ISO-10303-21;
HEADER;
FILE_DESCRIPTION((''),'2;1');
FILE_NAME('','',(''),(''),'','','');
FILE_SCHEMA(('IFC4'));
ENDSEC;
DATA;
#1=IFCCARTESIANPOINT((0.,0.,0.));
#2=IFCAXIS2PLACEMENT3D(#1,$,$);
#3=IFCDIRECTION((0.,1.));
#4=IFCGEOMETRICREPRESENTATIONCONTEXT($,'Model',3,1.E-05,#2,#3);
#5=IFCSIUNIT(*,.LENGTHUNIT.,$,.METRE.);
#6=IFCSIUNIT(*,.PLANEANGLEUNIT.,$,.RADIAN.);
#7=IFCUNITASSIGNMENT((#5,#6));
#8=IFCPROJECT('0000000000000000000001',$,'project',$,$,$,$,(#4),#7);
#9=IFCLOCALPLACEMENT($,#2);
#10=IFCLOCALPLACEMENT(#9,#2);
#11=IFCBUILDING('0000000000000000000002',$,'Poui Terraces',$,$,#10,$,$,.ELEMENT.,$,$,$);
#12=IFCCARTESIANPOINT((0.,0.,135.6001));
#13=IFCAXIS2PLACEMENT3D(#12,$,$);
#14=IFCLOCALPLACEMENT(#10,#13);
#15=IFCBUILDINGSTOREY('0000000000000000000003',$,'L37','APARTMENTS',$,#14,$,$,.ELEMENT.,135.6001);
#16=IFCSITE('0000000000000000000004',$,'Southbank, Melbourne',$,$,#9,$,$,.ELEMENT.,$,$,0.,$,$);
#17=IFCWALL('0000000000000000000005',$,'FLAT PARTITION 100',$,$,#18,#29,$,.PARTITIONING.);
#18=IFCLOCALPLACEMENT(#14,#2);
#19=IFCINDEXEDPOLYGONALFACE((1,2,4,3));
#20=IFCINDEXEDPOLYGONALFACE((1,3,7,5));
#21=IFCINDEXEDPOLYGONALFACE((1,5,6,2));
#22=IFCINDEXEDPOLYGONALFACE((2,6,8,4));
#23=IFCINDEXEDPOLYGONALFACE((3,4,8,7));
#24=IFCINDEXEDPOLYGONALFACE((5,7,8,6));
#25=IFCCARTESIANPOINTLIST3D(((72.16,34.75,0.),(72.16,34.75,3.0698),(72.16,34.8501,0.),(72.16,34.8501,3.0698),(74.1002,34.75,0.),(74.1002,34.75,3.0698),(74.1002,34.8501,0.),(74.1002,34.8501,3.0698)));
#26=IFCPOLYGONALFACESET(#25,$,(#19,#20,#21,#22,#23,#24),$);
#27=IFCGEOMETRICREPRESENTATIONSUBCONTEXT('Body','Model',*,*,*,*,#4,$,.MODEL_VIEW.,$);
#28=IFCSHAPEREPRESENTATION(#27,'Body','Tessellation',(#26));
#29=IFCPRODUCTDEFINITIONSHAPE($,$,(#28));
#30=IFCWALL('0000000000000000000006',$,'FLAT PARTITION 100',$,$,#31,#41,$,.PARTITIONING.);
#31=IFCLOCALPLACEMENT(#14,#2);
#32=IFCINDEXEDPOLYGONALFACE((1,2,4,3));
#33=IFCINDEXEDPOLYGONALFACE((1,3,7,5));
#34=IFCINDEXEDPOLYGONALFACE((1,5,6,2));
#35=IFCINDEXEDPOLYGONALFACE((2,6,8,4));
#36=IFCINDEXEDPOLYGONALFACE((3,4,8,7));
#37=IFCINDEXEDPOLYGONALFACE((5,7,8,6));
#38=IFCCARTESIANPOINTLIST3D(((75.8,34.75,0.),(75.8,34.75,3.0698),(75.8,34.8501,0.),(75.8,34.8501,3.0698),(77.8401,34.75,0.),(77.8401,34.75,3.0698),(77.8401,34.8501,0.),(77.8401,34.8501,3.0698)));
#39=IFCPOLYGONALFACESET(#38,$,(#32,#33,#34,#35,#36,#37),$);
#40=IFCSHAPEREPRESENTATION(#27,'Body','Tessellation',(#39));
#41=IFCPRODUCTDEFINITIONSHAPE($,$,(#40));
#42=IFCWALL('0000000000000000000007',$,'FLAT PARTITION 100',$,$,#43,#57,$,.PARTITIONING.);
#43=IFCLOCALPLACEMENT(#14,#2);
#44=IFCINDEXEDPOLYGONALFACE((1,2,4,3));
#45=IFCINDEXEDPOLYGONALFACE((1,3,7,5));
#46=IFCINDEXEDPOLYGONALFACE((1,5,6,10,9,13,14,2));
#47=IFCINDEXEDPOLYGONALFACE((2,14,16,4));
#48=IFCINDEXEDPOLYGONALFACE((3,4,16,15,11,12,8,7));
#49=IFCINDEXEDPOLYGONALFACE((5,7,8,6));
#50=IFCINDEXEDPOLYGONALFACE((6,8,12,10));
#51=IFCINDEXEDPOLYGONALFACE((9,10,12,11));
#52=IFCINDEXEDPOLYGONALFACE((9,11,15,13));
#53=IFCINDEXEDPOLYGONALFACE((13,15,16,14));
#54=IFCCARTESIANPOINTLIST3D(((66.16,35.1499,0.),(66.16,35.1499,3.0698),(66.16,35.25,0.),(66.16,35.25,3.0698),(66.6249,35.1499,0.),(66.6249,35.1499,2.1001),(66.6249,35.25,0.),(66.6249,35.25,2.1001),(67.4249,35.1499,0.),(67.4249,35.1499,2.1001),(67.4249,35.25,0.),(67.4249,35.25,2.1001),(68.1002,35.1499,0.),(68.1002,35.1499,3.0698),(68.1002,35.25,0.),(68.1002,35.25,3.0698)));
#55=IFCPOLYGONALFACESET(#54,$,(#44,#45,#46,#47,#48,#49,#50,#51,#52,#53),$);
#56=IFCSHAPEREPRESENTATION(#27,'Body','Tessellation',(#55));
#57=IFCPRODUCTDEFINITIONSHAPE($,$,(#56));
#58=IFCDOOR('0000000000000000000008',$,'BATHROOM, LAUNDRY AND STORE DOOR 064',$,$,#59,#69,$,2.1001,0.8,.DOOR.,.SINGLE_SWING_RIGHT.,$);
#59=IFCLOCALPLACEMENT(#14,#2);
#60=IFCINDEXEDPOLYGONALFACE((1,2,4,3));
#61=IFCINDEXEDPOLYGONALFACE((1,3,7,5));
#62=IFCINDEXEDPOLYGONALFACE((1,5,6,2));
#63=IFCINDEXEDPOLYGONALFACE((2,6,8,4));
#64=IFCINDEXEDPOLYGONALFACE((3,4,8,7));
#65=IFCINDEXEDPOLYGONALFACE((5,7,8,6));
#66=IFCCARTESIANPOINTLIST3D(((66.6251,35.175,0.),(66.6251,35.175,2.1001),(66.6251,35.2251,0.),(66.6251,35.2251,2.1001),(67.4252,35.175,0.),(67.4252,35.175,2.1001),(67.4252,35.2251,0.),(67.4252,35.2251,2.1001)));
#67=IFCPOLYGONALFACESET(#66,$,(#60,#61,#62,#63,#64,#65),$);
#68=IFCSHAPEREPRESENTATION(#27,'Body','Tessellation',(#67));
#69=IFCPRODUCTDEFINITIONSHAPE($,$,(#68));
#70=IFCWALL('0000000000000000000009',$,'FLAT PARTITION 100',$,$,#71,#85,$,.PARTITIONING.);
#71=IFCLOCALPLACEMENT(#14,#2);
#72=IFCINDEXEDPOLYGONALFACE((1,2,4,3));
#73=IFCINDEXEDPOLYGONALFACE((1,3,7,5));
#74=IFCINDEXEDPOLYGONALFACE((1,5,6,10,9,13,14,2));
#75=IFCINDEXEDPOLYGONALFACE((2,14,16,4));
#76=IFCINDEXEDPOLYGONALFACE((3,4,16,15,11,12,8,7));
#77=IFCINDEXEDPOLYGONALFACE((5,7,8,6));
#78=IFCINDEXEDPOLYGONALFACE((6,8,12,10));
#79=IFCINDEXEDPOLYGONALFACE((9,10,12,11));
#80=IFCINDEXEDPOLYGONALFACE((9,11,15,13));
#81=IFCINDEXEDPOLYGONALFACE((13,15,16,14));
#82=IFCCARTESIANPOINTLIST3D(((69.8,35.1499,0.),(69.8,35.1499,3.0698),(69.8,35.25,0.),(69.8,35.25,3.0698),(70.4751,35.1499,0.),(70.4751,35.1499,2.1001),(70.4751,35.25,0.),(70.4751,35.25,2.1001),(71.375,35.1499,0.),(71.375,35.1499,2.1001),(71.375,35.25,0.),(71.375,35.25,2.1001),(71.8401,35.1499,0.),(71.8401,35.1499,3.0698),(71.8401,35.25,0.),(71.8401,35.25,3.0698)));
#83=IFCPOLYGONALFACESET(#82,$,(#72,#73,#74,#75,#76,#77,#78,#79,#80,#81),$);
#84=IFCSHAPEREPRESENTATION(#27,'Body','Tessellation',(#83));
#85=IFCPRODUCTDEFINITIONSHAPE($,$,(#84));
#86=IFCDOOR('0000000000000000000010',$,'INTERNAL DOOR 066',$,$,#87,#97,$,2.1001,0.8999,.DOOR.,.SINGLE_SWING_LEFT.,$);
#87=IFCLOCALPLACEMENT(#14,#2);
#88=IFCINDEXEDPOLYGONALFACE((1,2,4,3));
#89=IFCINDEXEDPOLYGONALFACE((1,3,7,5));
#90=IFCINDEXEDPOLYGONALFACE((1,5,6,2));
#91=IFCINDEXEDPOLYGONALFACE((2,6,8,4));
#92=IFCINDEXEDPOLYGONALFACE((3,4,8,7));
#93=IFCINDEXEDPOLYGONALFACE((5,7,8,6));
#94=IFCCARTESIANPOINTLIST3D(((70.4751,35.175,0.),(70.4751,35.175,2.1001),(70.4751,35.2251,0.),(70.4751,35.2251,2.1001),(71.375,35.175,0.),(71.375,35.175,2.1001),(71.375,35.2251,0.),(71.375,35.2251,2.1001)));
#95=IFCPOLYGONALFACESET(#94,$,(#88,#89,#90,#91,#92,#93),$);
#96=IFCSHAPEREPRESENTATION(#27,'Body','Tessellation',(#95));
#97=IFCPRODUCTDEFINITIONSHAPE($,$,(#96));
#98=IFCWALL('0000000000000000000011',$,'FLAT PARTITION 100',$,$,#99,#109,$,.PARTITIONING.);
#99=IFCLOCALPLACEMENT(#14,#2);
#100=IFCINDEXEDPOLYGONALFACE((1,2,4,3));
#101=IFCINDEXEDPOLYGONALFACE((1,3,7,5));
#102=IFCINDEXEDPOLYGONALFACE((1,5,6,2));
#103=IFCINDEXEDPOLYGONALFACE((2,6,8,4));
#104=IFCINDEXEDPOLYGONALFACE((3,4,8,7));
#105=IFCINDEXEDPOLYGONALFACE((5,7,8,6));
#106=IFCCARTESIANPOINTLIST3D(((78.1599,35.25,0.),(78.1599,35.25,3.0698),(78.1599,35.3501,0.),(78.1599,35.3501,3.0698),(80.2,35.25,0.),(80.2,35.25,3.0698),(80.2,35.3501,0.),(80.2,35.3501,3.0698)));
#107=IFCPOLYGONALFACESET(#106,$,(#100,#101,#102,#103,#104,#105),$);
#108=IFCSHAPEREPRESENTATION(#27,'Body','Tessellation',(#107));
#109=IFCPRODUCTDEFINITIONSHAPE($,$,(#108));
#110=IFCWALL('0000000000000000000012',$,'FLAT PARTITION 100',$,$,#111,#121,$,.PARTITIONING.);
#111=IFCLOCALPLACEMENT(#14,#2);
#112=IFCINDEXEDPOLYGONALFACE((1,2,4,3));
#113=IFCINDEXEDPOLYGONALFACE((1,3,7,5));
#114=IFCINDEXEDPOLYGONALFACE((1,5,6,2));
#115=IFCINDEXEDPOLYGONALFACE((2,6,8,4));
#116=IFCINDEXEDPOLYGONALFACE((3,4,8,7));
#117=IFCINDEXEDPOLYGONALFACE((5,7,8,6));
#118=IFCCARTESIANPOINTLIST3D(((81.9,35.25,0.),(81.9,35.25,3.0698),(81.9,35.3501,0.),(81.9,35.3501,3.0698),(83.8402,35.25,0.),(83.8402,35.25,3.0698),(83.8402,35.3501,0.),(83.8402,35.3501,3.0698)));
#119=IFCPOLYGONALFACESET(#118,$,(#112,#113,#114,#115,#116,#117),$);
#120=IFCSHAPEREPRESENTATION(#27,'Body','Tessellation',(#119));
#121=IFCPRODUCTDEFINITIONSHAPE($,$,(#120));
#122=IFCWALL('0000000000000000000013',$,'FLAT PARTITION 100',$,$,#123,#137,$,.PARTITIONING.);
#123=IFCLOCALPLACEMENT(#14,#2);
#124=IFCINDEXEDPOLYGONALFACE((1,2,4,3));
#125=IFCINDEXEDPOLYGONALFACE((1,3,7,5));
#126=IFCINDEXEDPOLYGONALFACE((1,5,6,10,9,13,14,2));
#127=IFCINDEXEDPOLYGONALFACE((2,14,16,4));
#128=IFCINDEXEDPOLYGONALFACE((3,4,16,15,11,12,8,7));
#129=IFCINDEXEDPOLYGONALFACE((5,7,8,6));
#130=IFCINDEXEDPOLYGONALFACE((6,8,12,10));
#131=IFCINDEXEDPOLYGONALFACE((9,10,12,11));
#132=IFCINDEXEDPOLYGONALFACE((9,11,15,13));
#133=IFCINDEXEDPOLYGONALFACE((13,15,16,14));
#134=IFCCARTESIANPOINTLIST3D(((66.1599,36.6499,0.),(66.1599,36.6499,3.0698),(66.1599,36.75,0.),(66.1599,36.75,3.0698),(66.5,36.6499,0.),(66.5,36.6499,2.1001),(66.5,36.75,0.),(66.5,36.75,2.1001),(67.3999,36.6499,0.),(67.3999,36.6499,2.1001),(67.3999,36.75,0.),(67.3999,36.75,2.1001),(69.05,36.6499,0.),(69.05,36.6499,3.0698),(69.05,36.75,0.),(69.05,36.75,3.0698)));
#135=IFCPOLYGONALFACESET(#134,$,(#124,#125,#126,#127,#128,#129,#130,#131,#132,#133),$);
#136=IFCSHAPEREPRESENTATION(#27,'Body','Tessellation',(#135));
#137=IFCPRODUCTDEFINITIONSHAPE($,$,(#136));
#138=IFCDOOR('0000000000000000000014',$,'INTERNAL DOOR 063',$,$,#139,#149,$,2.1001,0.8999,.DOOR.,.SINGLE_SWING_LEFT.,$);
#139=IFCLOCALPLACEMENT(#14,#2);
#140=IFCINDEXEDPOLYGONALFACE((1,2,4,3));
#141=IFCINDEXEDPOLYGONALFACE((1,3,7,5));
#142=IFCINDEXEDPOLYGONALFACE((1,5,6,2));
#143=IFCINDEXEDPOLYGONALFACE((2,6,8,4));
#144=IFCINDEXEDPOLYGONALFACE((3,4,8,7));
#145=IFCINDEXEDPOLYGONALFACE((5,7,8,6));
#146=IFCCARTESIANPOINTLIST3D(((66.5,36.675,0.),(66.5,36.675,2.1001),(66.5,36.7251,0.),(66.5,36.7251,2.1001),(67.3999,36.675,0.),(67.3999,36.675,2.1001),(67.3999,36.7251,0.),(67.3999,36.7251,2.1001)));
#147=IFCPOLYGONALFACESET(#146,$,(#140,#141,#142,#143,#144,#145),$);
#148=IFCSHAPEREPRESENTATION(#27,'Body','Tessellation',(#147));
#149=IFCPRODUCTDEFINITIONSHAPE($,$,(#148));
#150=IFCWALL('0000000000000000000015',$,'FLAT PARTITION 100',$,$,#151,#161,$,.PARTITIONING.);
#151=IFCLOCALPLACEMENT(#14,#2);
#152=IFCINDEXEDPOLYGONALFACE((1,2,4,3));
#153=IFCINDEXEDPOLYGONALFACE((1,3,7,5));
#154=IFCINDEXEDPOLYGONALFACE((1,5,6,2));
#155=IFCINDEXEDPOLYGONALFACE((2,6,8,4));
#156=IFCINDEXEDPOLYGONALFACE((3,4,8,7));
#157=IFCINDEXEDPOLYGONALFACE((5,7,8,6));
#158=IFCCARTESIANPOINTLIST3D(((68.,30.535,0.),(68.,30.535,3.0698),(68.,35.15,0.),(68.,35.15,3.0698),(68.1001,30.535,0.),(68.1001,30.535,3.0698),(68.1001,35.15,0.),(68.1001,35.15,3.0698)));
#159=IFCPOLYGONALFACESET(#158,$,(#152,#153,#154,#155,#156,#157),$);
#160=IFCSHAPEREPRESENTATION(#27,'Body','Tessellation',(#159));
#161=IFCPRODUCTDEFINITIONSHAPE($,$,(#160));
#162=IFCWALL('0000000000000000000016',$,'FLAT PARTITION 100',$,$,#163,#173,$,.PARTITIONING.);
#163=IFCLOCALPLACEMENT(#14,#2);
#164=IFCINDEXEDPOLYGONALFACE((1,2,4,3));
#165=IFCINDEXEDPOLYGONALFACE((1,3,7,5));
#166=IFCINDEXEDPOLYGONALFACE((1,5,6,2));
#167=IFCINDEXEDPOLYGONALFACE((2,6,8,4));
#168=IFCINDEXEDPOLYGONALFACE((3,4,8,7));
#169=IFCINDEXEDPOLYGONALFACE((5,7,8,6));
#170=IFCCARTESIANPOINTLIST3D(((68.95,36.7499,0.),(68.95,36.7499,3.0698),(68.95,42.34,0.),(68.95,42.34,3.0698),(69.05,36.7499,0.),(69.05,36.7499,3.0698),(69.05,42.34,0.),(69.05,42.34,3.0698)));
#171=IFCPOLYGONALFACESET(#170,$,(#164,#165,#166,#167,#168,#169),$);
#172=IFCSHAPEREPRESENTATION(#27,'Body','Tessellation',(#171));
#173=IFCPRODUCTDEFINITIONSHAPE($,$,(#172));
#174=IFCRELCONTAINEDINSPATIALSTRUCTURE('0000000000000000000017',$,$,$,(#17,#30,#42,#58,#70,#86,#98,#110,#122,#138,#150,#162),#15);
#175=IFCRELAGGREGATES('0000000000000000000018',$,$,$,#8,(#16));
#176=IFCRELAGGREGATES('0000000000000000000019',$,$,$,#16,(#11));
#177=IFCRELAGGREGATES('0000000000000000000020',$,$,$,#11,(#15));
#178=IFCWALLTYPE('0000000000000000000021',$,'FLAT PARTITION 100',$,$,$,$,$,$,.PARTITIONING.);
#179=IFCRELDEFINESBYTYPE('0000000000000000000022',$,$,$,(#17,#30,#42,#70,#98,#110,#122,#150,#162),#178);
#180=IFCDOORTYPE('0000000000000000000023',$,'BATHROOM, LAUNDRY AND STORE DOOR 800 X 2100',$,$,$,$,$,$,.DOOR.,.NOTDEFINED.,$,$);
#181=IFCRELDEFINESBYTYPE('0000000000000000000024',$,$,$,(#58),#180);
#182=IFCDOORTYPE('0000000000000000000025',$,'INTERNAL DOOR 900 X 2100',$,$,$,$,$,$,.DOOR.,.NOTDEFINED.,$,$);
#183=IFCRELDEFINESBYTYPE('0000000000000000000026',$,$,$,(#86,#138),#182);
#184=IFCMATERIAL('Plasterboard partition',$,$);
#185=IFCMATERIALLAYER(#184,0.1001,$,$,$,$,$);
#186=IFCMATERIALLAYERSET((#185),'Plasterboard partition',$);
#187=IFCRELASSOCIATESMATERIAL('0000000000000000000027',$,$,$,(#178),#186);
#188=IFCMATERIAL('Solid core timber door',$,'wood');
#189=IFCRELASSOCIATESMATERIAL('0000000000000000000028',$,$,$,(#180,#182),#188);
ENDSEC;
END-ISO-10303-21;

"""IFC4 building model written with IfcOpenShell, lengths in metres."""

from ifc_helpers import new_model, si_unit, direction, frame, frame_2d, origin, place, context, subcontext, project, spatial, rectangle, extrude, material, layer, layer_set, type_object, element, fill, save


model = new_model("IFC4")

# Units and contexts
model_context = context("Model", 3, precision=1e-05, world=origin(), true_north=direction((0.0, 1.0)))
body_context = subcontext(model_context, "Body", "Model", "MODEL_VIEW")
ifc_project = project(units=[si_unit("LENGTHUNIT", "METRE"), si_unit("PLANEANGLEUNIT", "RADIAN")], contexts=[model_context])

# Site, building, storey
site_placement = place(None, origin())
site = spatial("IfcSite", under=ifc_project, at=site_placement, Name="Southbank, Melbourne", CompositionType="ELEMENT", RefElevation=0.0)
building_placement = place(site_placement, origin())
building = spatial("IfcBuilding", under=site, at=building_placement, Name="Poui Terraces", CompositionType="ELEMENT")
storey_placement = place(building_placement, frame((0.0, 0.0, 135.6001)))
storey = spatial("IfcBuildingStorey", under=building, at=storey_placement, Name="L37", Description="APARTMENTS", CompositionType="ELEMENT", Elevation=135.6001)

# Walls
ifc_material_1 = material(Name="Plasterboard partition")
ifc_layer_1 = layer(ifc_material_1, 0.1001)
ifc_layer_set_1 = layer_set([ifc_layer_1], Name="Plasterboard partition")
wall_type_1 = type_object("IfcWallType", Name="FLAT PARTITION 100", PredefinedType="PARTITIONING", material=ifc_layer_set_1)
wall_1_placement = place(storey_placement, frame((72.1599, 34.8, 0.0), z_axis=(0.0, 0.0, 1.0), x_axis=(1.0, 0.0, 0.0)))
element("IfcWall", 1, at=wall_1_placement, inside=storey, type_object=wall_type_1, Name="FLAT PARTITION 100", PredefinedType="PARTITIONING", context=body_context, shape_type="SweptSolid", body=[
    extrude(rectangle(XDim=1.9402, YDim=0.1001, at=frame_2d((0.9702, 0.0))), origin(), (0.0, 0.0, 1.0), 3.0698),
])
wall_2_placement = place(storey_placement, frame((75.8, 34.8, 0.0), z_axis=(0.0, 0.0, 1.0), x_axis=(1.0, 0.0, 0.0)))
element("IfcWall", 2, at=wall_2_placement, inside=storey, type_object=wall_type_1, Name="FLAT PARTITION 100", PredefinedType="PARTITIONING", context=body_context, shape_type="SweptSolid", body=[
    extrude(rectangle(XDim=2.04, YDim=0.1001, at=frame_2d((1.02, 0.0))), origin(), (0.0, 0.0, 1.0), 3.0698),
])

# Walls, openings, doors
wall_3_placement = place(storey_placement, frame((66.1599, 35.2, 0.0), z_axis=(0.0, 0.0, 1.0), x_axis=(1.0, 0.0, 0.0)))
wall_3 = element("IfcWall", 3, at=wall_3_placement, inside=storey, type_object=wall_type_1, Name="FLAT PARTITION 100", PredefinedType="PARTITIONING", context=body_context, shape_type="SweptSolid", body=[
    extrude(rectangle(XDim=1.9402, YDim=0.1001, at=frame_2d((0.9702, 0.0))), origin(), (0.0, 0.0, 1.0), 3.0698),
])
opening_1_placement = place(wall_3_placement, frame((0.4651, 0.0, 0.0)))
opening_1 = element("IfcOpeningElement", 4, at=opening_1_placement, cuts=wall_3, PredefinedType="OPENING", context=body_context, shape_type="SweptSolid", body=[
    extrude(rectangle(XDim=0.8, YDim=2.1001, at=frame_2d((0.3999, 1.05))), frame((0.0, 0.0601, 0.0), z_axis=(0.0, -1.0, 0.0), x_axis=(1.0, 0.0, 0.0)), (0.0, 0.0, 1.0), 0.1201),
])
ifc_material_2 = material(Name="Solid core timber door", Category="wood")
door_type_1 = type_object("IfcDoorType", Name="BATHROOM, LAUNDRY AND STORE DOOR 800 X 2100", OperationType="NOTDEFINED", PredefinedType="DOOR", material=ifc_material_2)
door_1_placement = place(opening_1_placement, frame((0.8, 0.0, 0.0), z_axis=(0.0, 0.0, 1.0), x_axis=(-1.0, 0.0, 0.0)))
door_1 = element("IfcDoor", 5, at=door_1_placement, inside=storey, type_object=door_type_1, Name="BATHROOM, LAUNDRY AND STORE DOOR 064", OperationType="SINGLE_SWING_RIGHT", OverallHeight=2.1001, OverallWidth=0.8, PredefinedType="DOOR", context=body_context, shape_type="SweptSolid", body=[
    extrude(rectangle(XDim=0.8, YDim=2.1001, at=frame_2d((0.3999, 1.05))), frame((0.0, 0.0249, 0.0), z_axis=(0.0, -1.0, 0.0), x_axis=(1.0, 0.0, 0.0)), (0.0, 0.0, 1.0), 0.05),
])
fill(opening_1, door_1)
wall_4_placement = place(storey_placement, frame((69.8, 35.2, 0.0), z_axis=(0.0, 0.0, 1.0), x_axis=(1.0, 0.0, 0.0)))
wall_4 = element("IfcWall", 6, at=wall_4_placement, inside=storey, type_object=wall_type_1, Name="FLAT PARTITION 100", PredefinedType="PARTITIONING", context=body_context, shape_type="SweptSolid", body=[
    extrude(rectangle(XDim=2.04, YDim=0.1001, at=frame_2d((1.02, 0.0))), origin(), (0.0, 0.0, 1.0), 3.0698),
])
opening_2_placement = place(wall_4_placement, frame((0.675, 0.0, 0.0)))
opening_2 = element("IfcOpeningElement", 7, at=opening_2_placement, cuts=wall_4, PredefinedType="OPENING", context=body_context, shape_type="SweptSolid", body=[
    extrude(rectangle(XDim=0.8999, YDim=2.1001, at=frame_2d((0.45, 1.05))), frame((0.0, 0.0601, 0.0), z_axis=(0.0, -1.0, 0.0), x_axis=(1.0, 0.0, 0.0)), (0.0, 0.0, 1.0), 0.1201),
])
door_type_2 = type_object("IfcDoorType", Name="INTERNAL DOOR 900 X 2100", OperationType="NOTDEFINED", PredefinedType="DOOR", material=ifc_material_2)
door_2_placement = place(opening_2_placement, frame((0.8999, 0.0, 0.0), z_axis=(0.0, 0.0, 1.0), x_axis=(-1.0, 0.0, 0.0)))
door_2 = element("IfcDoor", 8, at=door_2_placement, inside=storey, type_object=door_type_2, Name="INTERNAL DOOR 066", OperationType="SINGLE_SWING_LEFT", OverallHeight=2.1001, OverallWidth=0.8999, PredefinedType="DOOR", context=body_context, shape_type="SweptSolid", body=[
    extrude(rectangle(XDim=0.8999, YDim=2.1001, at=frame_2d((0.45, 1.05))), frame((0.0, 0.0249, 0.0), z_axis=(0.0, -1.0, 0.0), x_axis=(1.0, 0.0, 0.0)), (0.0, 0.0, 1.0), 0.05),
])
fill(opening_2, door_2)

# Walls
wall_5_placement = place(storey_placement, frame((78.1599, 35.3, 0.0), z_axis=(0.0, 0.0, 1.0), x_axis=(1.0, 0.0, 0.0)))
element("IfcWall", 9, at=wall_5_placement, inside=storey, type_object=wall_type_1, Name="FLAT PARTITION 100", PredefinedType="PARTITIONING", context=body_context, shape_type="SweptSolid", body=[
    extrude(rectangle(XDim=2.04, YDim=0.1001, at=frame_2d((1.02, 0.0))), origin(), (0.0, 0.0, 1.0), 3.0698),
])
wall_6_placement = place(storey_placement, frame((81.8999, 35.3, 0.0), z_axis=(0.0, 0.0, 1.0), x_axis=(1.0, 0.0, 0.0)))
element("IfcWall", 10, at=wall_6_placement, inside=storey, type_object=wall_type_1, Name="FLAT PARTITION 100", PredefinedType="PARTITIONING", context=body_context, shape_type="SweptSolid", body=[
    extrude(rectangle(XDim=1.9402, YDim=0.1001, at=frame_2d((0.9702, 0.0))), origin(), (0.0, 0.0, 1.0), 3.0698),
])

# Wall, opening, door
wall_7_placement = place(storey_placement, frame((66.1599, 36.7, 0.0), z_axis=(0.0, 0.0, 1.0), x_axis=(1.0, 0.0, 0.0)))
wall_7 = element("IfcWall", 11, at=wall_7_placement, inside=storey, type_object=wall_type_1, Name="FLAT PARTITION 100", PredefinedType="PARTITIONING", context=body_context, shape_type="SweptSolid", body=[
    extrude(rectangle(XDim=2.8901, YDim=0.1001, at=frame_2d((1.4451, 0.0))), origin(), (0.0, 0.0, 1.0), 3.0698),
])
opening_3_placement = place(wall_7_placement, frame((0.3401, 0.0, 0.0)))
opening_3 = element("IfcOpeningElement", 12, at=opening_3_placement, cuts=wall_7, PredefinedType="OPENING", context=body_context, shape_type="SweptSolid", body=[
    extrude(rectangle(XDim=0.8999, YDim=2.1001, at=frame_2d((0.45, 1.05))), frame((0.0, 0.0601, 0.0), z_axis=(0.0, -1.0, 0.0), x_axis=(1.0, 0.0, 0.0)), (0.0, 0.0, 1.0), 0.1201),
])
door_3_placement = place(opening_3_placement, frame((0.8999, 0.0, 0.0), z_axis=(0.0, 0.0, 1.0), x_axis=(-1.0, 0.0, 0.0)))
door_3 = element("IfcDoor", 13, at=door_3_placement, inside=storey, type_object=door_type_2, Name="INTERNAL DOOR 063", OperationType="SINGLE_SWING_LEFT", OverallHeight=2.1001, OverallWidth=0.8999, PredefinedType="DOOR", context=body_context, shape_type="SweptSolid", body=[
    extrude(rectangle(XDim=0.8999, YDim=2.1001, at=frame_2d((0.45, 1.05))), frame((0.0, 0.0249, 0.0), z_axis=(0.0, -1.0, 0.0), x_axis=(1.0, 0.0, 0.0)), (0.0, 0.0, 1.0), 0.05),
])
fill(opening_3, door_3)

# Walls
wall_8_placement = place(storey_placement, frame((68.05, 30.5349, 0.0), z_axis=(0.0, 0.0, 1.0), x_axis=(0.0, 1.0, 0.0)))
element("IfcWall", 14, at=wall_8_placement, inside=storey, type_object=wall_type_1, Name="FLAT PARTITION 100", PredefinedType="PARTITIONING", context=body_context, shape_type="SweptSolid", body=[
    extrude(rectangle(XDim=4.615, YDim=0.1001, at=frame_2d((2.3076, 0.0))), origin(), (0.0, 0.0, 1.0), 3.0698),
])
wall_9_placement = place(storey_placement, frame((69.0, 36.75, 0.0), z_axis=(0.0, 0.0, 1.0), x_axis=(0.0, 1.0, 0.0)))
element("IfcWall", 15, at=wall_9_placement, inside=storey, type_object=wall_type_1, Name="FLAT PARTITION 100", PredefinedType="PARTITIONING", context=body_context, shape_type="SweptSolid", body=[
    extrude(rectangle(XDim=5.5901, YDim=0.1001, at=frame_2d((2.7949, 0.0))), origin(), (0.0, 0.0, 1.0), 3.0698),
])

save(model, "model.ifc")
